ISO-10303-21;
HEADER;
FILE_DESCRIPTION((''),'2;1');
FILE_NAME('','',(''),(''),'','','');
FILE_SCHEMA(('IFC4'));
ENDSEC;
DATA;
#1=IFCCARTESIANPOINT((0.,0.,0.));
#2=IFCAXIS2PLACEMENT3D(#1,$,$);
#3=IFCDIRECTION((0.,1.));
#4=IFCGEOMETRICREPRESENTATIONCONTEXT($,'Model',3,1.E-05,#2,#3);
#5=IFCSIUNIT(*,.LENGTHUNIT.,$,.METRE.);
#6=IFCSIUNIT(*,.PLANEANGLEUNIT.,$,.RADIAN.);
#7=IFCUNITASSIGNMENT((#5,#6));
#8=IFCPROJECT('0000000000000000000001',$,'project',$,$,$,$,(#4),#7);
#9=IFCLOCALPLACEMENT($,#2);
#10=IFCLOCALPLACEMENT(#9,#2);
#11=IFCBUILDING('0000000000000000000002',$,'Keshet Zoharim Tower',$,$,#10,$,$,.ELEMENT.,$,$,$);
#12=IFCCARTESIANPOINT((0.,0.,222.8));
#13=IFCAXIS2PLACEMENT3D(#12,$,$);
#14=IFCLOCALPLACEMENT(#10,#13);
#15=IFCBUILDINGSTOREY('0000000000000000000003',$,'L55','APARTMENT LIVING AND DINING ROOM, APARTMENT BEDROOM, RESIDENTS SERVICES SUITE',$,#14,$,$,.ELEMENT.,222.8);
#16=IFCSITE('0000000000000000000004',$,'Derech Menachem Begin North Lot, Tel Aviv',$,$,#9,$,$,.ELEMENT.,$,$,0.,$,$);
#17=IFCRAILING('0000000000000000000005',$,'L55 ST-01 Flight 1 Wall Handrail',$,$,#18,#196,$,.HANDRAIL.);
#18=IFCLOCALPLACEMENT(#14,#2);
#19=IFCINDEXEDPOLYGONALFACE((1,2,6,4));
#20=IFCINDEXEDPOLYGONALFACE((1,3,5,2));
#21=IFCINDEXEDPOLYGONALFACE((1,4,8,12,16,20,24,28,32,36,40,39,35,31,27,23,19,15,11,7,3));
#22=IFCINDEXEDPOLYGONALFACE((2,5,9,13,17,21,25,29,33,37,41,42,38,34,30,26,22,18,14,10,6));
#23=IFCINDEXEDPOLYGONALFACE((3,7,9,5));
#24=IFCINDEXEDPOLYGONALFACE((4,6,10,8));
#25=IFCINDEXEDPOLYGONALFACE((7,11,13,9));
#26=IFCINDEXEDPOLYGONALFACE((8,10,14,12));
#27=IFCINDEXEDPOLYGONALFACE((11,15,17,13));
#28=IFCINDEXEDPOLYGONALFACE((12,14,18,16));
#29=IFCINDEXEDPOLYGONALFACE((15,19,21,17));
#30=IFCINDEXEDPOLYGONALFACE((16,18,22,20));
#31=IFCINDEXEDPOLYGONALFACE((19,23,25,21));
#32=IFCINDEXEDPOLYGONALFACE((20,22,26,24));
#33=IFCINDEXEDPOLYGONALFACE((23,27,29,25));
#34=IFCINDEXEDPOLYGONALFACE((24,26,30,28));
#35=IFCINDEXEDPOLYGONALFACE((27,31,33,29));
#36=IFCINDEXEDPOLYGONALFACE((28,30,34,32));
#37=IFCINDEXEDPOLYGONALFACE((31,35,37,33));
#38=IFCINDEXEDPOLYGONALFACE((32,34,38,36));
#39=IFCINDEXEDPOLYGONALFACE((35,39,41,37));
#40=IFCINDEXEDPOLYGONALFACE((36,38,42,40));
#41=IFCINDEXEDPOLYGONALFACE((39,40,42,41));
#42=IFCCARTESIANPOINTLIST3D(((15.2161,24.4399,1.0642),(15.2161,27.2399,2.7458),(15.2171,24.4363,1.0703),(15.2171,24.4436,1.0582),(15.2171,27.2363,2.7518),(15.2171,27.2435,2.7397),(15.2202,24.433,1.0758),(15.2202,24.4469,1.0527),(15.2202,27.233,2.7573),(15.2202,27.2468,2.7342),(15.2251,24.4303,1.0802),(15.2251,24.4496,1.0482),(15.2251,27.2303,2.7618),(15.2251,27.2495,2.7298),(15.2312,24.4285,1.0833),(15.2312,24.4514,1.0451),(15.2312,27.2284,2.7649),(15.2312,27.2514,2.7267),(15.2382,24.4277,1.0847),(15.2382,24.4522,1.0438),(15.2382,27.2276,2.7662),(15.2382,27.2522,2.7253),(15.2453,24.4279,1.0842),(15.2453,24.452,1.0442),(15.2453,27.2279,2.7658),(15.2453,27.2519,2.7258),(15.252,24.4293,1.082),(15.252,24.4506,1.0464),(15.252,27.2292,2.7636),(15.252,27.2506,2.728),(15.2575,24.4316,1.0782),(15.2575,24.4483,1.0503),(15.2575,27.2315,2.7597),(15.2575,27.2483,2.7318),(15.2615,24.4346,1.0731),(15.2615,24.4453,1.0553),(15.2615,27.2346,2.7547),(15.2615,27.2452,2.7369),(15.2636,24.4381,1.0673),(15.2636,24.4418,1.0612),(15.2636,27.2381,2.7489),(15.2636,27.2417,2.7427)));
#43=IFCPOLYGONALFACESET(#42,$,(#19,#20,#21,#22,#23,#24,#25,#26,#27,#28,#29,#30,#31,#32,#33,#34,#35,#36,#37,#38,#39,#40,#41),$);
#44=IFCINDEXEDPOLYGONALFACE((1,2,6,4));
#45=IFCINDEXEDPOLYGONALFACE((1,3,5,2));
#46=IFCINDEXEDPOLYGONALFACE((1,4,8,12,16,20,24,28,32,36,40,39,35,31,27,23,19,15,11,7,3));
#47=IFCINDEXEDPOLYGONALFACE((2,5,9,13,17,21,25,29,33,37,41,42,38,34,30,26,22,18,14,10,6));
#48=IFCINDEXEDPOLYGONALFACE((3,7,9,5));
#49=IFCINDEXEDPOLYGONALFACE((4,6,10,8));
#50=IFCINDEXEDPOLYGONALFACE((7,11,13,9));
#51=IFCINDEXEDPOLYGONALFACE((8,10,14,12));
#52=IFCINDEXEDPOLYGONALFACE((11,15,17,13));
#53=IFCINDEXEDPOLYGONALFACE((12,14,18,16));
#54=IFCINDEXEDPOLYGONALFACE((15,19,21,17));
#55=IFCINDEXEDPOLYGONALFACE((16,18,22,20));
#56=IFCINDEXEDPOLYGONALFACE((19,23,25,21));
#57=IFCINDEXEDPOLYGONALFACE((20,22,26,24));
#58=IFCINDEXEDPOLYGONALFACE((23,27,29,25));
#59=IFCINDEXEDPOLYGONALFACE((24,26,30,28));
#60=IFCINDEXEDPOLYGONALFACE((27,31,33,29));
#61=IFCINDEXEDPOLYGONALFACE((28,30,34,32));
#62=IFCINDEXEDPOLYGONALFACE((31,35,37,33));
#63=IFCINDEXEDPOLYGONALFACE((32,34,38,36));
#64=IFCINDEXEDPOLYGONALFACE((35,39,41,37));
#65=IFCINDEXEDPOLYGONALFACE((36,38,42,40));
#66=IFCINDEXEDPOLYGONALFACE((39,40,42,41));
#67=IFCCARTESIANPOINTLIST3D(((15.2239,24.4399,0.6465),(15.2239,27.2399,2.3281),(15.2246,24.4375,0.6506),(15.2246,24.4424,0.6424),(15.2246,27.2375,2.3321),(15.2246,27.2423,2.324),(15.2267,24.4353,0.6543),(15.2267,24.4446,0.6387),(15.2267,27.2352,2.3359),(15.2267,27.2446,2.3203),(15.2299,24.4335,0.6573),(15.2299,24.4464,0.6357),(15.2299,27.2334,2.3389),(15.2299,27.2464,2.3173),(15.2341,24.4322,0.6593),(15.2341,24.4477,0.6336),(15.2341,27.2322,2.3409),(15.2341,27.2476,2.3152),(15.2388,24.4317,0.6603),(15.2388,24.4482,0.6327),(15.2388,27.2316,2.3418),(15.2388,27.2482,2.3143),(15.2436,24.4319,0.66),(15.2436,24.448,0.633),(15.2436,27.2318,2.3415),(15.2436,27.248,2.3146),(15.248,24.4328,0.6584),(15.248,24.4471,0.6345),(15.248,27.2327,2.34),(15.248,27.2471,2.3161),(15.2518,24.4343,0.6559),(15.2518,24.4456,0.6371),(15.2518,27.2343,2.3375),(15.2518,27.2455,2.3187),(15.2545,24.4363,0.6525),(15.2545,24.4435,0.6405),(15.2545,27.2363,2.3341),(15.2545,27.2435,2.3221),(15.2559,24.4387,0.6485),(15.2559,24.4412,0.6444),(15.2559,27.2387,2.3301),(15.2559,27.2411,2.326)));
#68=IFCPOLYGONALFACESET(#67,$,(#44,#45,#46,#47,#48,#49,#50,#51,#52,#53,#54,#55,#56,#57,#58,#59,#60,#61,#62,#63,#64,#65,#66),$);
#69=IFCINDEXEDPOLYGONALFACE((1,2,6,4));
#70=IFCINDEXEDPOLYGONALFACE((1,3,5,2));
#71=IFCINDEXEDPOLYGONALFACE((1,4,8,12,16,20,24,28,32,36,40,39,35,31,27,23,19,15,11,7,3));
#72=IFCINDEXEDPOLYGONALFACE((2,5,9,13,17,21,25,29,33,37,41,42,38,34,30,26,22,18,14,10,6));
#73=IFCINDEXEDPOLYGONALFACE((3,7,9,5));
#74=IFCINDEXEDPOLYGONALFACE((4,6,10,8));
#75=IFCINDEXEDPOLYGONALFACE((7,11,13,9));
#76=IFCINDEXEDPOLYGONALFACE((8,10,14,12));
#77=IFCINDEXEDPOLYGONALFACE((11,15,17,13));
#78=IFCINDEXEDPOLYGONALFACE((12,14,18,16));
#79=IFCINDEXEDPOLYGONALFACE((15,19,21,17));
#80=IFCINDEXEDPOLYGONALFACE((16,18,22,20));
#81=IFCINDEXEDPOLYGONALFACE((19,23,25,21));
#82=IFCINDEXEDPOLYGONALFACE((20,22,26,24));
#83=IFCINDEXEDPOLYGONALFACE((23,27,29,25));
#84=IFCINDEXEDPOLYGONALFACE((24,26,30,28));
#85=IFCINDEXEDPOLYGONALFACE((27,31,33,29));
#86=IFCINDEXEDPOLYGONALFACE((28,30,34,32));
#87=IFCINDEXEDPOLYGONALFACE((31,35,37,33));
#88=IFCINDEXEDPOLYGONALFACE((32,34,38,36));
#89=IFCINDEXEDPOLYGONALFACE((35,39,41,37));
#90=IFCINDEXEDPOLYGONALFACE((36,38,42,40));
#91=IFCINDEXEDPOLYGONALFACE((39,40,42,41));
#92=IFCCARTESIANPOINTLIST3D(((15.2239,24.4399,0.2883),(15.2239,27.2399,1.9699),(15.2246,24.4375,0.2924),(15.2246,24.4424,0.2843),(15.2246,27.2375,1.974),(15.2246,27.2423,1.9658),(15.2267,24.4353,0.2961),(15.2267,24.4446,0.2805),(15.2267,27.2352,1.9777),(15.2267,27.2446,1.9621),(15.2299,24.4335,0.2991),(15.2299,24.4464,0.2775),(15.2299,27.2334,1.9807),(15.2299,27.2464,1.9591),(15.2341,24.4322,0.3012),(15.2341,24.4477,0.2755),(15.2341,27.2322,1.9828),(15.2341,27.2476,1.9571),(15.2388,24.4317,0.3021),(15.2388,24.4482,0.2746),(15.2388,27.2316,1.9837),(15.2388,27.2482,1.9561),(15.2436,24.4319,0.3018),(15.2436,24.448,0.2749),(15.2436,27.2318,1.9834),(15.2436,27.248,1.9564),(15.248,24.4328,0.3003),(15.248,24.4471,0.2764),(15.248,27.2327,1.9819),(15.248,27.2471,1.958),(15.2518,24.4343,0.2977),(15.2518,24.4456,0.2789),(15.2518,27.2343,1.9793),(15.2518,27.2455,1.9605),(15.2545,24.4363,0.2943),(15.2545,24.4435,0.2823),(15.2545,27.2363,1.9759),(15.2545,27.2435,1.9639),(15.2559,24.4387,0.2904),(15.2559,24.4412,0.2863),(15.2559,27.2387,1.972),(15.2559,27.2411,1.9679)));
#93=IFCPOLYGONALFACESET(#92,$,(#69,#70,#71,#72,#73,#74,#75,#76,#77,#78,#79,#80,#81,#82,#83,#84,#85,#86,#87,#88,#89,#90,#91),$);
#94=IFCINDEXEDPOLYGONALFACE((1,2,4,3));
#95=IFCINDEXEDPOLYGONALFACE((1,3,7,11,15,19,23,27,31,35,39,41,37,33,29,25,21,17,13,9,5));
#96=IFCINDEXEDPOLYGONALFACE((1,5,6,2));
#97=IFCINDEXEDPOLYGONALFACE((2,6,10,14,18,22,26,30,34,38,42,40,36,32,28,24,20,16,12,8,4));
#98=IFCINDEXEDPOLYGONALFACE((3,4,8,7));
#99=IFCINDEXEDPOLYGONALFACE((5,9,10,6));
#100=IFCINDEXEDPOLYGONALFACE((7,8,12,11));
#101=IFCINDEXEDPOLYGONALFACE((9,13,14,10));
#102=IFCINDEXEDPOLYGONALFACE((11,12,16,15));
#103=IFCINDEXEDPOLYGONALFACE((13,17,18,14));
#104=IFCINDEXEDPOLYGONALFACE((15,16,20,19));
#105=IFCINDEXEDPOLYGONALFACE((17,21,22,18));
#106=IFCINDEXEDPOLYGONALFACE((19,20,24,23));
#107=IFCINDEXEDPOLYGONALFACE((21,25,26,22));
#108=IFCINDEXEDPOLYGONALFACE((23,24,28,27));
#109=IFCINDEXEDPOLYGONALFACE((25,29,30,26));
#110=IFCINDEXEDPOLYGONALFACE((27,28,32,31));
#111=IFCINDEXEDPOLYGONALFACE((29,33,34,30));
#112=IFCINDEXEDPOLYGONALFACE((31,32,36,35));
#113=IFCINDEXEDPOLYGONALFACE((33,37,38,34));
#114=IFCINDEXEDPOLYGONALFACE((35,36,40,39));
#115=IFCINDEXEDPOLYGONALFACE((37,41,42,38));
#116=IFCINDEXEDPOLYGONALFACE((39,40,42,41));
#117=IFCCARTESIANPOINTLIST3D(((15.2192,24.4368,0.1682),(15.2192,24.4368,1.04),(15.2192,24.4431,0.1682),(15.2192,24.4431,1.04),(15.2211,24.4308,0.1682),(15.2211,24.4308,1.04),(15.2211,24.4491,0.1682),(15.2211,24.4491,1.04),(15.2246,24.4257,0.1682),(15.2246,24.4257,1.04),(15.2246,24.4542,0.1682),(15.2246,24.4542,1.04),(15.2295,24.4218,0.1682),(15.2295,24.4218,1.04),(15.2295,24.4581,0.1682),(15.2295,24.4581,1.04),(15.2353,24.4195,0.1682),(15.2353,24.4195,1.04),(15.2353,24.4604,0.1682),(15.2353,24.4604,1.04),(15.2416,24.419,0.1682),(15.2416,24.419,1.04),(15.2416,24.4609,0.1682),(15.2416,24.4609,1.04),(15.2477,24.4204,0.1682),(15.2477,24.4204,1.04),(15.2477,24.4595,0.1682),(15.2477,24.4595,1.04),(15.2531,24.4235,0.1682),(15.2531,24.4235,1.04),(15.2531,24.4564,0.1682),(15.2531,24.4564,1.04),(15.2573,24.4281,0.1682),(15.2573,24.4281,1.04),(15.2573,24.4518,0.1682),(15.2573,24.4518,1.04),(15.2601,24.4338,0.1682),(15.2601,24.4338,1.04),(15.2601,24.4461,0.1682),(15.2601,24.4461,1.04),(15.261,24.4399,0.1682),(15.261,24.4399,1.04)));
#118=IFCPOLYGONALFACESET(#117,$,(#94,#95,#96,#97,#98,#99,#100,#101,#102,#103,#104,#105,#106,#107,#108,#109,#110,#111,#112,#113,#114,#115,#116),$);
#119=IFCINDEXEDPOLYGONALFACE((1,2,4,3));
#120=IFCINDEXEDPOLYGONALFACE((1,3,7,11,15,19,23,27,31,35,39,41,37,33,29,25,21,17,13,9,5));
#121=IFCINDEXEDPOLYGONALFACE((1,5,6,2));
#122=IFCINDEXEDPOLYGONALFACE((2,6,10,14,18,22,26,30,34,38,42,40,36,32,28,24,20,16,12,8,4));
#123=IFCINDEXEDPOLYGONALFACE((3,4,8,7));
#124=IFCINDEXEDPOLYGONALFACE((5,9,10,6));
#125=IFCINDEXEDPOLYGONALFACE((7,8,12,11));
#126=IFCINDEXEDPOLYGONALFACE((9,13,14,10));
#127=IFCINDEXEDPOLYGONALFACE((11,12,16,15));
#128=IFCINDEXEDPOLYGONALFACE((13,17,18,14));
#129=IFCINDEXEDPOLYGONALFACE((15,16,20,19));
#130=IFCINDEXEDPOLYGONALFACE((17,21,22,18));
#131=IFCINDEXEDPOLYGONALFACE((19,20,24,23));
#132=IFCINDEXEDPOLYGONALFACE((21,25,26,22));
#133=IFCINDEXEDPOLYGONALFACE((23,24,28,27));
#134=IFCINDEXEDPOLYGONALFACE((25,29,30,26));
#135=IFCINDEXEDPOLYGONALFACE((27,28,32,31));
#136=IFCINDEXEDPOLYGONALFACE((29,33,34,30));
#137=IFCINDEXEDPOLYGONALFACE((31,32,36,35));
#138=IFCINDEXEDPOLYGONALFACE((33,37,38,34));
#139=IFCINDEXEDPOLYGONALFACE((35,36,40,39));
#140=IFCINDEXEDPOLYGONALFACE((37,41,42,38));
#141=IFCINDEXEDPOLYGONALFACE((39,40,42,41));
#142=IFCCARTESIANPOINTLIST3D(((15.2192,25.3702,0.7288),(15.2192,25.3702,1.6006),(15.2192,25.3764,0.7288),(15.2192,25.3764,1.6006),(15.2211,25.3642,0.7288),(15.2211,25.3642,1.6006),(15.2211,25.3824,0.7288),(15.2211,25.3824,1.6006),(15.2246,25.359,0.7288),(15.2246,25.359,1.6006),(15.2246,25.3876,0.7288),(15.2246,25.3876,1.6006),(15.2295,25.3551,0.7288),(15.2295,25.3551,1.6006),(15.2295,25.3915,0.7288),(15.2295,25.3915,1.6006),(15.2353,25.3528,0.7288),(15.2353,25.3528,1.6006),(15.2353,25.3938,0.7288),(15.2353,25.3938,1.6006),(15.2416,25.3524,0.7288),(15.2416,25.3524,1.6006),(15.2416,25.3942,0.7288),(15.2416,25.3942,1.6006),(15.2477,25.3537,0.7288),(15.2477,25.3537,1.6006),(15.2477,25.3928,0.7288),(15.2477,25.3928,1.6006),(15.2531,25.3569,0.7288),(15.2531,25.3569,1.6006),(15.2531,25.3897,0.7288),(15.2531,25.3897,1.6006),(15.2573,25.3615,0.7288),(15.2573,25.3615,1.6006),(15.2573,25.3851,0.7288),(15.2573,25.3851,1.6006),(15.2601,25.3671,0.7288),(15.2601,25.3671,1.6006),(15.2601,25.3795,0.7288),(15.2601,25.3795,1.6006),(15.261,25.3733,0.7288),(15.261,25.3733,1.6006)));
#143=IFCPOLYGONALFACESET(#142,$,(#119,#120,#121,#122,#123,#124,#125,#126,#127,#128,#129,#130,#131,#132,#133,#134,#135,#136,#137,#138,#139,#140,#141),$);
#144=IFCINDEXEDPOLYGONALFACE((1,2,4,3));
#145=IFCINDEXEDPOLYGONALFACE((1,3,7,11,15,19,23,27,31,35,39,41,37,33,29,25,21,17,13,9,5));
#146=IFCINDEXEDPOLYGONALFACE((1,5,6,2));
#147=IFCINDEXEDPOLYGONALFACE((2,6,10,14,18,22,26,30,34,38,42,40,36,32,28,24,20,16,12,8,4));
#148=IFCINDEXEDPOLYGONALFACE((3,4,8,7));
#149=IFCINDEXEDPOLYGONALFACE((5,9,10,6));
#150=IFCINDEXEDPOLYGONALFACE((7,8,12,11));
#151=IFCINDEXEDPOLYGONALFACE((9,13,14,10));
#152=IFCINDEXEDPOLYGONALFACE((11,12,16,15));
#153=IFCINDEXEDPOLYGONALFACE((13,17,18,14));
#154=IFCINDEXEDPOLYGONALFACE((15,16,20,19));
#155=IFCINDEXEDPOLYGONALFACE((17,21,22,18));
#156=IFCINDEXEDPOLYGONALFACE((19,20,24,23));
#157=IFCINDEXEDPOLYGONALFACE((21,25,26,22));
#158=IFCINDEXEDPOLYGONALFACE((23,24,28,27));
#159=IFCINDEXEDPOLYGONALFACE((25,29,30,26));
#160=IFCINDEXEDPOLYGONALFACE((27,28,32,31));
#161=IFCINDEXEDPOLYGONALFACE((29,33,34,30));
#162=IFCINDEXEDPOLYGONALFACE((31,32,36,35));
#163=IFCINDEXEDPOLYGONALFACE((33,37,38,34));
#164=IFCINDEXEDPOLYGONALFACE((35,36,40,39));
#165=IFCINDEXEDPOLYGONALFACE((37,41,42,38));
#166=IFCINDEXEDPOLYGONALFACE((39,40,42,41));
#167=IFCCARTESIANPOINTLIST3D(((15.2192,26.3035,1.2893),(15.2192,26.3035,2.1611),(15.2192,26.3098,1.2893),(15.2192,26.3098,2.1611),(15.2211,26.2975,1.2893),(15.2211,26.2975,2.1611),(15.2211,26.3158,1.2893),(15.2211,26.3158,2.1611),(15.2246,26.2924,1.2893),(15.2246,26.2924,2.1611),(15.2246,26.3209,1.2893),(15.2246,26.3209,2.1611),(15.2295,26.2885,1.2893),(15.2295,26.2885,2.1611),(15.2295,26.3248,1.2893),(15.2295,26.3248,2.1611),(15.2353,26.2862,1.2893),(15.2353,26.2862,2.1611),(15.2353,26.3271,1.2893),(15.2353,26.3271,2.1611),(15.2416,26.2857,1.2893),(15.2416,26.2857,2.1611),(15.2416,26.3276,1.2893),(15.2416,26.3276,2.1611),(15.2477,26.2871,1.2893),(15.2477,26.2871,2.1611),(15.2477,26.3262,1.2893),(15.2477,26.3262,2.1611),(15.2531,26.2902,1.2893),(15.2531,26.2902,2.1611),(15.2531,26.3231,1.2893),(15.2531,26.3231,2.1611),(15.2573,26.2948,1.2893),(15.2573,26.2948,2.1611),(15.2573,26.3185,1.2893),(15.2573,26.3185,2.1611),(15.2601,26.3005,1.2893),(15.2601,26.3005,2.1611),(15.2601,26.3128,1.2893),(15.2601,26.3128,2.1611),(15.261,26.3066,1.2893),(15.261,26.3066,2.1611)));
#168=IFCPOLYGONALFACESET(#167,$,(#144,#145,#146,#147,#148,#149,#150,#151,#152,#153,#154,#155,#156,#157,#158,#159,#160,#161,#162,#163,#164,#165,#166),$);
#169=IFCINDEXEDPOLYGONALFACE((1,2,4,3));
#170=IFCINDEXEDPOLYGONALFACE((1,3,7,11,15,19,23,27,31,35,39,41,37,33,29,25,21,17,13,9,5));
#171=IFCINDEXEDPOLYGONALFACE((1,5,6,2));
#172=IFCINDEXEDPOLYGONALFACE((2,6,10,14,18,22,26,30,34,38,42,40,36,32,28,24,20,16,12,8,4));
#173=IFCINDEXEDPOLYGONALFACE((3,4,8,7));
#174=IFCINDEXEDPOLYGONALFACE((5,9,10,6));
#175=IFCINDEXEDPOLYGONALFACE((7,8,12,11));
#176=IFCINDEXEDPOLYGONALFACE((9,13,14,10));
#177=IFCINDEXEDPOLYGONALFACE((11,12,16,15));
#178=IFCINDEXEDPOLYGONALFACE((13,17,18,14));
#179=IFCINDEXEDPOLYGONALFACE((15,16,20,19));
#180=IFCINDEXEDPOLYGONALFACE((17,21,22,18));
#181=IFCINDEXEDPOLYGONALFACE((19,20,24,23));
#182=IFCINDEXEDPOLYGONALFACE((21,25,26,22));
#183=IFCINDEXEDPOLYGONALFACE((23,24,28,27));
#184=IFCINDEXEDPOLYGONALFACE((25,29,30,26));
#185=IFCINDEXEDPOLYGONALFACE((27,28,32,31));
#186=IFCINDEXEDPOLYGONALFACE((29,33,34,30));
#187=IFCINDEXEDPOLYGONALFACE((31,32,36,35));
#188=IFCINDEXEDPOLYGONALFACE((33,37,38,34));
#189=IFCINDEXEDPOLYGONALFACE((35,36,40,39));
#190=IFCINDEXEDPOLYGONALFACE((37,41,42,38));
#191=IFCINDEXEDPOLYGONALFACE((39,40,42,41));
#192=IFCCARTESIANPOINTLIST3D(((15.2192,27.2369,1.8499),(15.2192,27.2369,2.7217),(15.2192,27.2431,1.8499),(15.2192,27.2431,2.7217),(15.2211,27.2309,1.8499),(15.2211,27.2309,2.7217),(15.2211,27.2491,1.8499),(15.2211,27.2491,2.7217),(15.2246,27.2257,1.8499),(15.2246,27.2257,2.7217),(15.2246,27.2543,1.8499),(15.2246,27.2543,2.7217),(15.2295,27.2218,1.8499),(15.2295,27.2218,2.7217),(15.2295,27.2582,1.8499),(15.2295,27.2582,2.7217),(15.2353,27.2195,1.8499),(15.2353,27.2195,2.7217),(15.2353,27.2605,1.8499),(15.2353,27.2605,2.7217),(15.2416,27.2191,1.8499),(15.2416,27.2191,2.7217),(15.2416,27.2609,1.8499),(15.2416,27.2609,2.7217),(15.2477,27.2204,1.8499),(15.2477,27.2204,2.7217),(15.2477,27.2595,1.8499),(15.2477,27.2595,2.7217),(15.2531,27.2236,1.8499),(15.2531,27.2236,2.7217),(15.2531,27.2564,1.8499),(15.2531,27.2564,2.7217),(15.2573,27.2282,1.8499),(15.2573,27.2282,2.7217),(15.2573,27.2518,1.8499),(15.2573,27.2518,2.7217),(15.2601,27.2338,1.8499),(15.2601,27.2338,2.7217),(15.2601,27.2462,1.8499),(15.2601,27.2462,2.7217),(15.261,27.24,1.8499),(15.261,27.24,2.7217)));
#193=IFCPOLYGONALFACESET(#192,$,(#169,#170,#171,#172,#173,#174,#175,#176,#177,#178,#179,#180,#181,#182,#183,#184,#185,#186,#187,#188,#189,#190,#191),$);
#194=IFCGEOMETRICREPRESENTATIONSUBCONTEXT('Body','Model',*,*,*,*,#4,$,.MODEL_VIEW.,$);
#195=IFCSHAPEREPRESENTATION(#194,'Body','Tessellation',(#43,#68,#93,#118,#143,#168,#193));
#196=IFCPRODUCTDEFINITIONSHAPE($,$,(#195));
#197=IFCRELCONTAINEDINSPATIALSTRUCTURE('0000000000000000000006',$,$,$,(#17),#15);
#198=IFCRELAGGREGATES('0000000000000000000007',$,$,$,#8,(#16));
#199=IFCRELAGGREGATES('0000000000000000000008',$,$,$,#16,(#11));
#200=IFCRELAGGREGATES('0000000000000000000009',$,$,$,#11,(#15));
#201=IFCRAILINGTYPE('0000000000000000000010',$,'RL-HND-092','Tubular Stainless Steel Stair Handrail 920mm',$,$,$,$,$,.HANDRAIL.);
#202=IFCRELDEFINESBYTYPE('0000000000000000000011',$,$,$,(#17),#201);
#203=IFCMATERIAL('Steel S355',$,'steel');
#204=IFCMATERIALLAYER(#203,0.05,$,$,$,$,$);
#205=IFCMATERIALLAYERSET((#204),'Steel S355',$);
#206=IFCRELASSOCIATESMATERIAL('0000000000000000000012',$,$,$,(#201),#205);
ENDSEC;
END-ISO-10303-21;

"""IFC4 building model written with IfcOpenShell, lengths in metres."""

from ifc_helpers import new_model, si_unit, direction, frame, origin, origin_2d, place, context, subcontext, project, spatial, circle, extrude, material, layer, layer_set, type_object, element, save


model = new_model("IFC4")

# Units and contexts
model_context = context("Model", 3, precision=1e-05, world=origin(), true_north=direction((0.0, 1.0)))
body_context = subcontext(model_context, "Body", "Model", "MODEL_VIEW")
ifc_project = project(units=[si_unit("LENGTHUNIT", "METRE"), si_unit("PLANEANGLEUNIT", "RADIAN")], contexts=[model_context])

# Site, building, storey
site_placement = place(None, origin())
site = spatial("IfcSite", under=ifc_project, at=site_placement, Name="Derech Menachem Begin North Lot, Tel Aviv", CompositionType="ELEMENT", RefElevation=0.0)
building_placement = place(site_placement, origin())
building = spatial("IfcBuilding", under=site, at=building_placement, Name="Keshet Zoharim Tower", CompositionType="ELEMENT")
storey_placement = place(building_placement, frame((0.0, 0.0, 222.8)))
storey = spatial("IfcBuildingStorey", under=building, at=storey_placement, Name="L55", Description="APARTMENT LIVING AND DINING ROOM, APARTMENT BEDROOM, RESIDENTS SERVICES SUITE", CompositionType="ELEMENT", Elevation=222.8)

# Shared definitions
ifc_material_1 = material(Name="Steel S355", Category="steel")

# Railing
ifc_layer_1 = layer(ifc_material_1, 0.05)
ifc_layer_set_1 = layer_set([ifc_layer_1], Name="Steel S355")
railing_type = type_object("IfcRailingType", Name="RL-HND-092", Description="Tubular Stainless Steel Stair Handrail 920mm", PredefinedType="HANDRAIL", material=ifc_layer_set_1)
railing_placement = place(storey_placement, frame((15.24, 24.4399, 0.1682)))
element("IfcRailing", 1, at=railing_placement, inside=storey, type_object=railing_type, Name="L55 ST-01 Flight 1 Wall Handrail", PredefinedType="HANDRAIL", context=body_context, shape_type="SweptSolid", body=[
    extrude(circle(Radius=0.0239, at=origin_2d()), frame((0.0, 0.0, 0.896), z_axis=(0.0, 0.857275, 0.514858), x_axis=(-1.0, 0.0, 0.0)), (0.0, 0.0, 1.0), 3.2661),
    extrude(circle(Radius=0.0161, at=origin_2d()), frame((0.0, 0.0, 0.4783), z_axis=(0.0, 0.857275, 0.514858), x_axis=(-1.0, 0.0, 0.0)), (0.0, 0.0, 1.0), 3.2661),
    extrude(circle(Radius=0.0161, at=origin_2d()), frame((0.0, 0.0, 0.1201), z_axis=(0.0, 0.857275, 0.514858), x_axis=(-1.0, 0.0, 0.0)), (0.0, 0.0, 1.0), 3.2661),
    extrude(circle(Radius=0.021, at=origin_2d()), origin(), (0.0, 0.0, 1.0), 0.8718),
    extrude(circle(Radius=0.021, at=origin_2d()), frame((0.0, 0.9333, 0.5605)), (0.0, 0.0, 1.0), 0.8718),
    extrude(circle(Radius=0.021, at=origin_2d()), frame((0.0, 1.8667, 1.1211)), (0.0, 0.0, 1.0), 0.8718),
    extrude(circle(Radius=0.021, at=origin_2d()), frame((0.0, 2.8, 1.6816)), (0.0, 0.0, 1.0), 0.8718),
])

save(model, "model.ifc")
